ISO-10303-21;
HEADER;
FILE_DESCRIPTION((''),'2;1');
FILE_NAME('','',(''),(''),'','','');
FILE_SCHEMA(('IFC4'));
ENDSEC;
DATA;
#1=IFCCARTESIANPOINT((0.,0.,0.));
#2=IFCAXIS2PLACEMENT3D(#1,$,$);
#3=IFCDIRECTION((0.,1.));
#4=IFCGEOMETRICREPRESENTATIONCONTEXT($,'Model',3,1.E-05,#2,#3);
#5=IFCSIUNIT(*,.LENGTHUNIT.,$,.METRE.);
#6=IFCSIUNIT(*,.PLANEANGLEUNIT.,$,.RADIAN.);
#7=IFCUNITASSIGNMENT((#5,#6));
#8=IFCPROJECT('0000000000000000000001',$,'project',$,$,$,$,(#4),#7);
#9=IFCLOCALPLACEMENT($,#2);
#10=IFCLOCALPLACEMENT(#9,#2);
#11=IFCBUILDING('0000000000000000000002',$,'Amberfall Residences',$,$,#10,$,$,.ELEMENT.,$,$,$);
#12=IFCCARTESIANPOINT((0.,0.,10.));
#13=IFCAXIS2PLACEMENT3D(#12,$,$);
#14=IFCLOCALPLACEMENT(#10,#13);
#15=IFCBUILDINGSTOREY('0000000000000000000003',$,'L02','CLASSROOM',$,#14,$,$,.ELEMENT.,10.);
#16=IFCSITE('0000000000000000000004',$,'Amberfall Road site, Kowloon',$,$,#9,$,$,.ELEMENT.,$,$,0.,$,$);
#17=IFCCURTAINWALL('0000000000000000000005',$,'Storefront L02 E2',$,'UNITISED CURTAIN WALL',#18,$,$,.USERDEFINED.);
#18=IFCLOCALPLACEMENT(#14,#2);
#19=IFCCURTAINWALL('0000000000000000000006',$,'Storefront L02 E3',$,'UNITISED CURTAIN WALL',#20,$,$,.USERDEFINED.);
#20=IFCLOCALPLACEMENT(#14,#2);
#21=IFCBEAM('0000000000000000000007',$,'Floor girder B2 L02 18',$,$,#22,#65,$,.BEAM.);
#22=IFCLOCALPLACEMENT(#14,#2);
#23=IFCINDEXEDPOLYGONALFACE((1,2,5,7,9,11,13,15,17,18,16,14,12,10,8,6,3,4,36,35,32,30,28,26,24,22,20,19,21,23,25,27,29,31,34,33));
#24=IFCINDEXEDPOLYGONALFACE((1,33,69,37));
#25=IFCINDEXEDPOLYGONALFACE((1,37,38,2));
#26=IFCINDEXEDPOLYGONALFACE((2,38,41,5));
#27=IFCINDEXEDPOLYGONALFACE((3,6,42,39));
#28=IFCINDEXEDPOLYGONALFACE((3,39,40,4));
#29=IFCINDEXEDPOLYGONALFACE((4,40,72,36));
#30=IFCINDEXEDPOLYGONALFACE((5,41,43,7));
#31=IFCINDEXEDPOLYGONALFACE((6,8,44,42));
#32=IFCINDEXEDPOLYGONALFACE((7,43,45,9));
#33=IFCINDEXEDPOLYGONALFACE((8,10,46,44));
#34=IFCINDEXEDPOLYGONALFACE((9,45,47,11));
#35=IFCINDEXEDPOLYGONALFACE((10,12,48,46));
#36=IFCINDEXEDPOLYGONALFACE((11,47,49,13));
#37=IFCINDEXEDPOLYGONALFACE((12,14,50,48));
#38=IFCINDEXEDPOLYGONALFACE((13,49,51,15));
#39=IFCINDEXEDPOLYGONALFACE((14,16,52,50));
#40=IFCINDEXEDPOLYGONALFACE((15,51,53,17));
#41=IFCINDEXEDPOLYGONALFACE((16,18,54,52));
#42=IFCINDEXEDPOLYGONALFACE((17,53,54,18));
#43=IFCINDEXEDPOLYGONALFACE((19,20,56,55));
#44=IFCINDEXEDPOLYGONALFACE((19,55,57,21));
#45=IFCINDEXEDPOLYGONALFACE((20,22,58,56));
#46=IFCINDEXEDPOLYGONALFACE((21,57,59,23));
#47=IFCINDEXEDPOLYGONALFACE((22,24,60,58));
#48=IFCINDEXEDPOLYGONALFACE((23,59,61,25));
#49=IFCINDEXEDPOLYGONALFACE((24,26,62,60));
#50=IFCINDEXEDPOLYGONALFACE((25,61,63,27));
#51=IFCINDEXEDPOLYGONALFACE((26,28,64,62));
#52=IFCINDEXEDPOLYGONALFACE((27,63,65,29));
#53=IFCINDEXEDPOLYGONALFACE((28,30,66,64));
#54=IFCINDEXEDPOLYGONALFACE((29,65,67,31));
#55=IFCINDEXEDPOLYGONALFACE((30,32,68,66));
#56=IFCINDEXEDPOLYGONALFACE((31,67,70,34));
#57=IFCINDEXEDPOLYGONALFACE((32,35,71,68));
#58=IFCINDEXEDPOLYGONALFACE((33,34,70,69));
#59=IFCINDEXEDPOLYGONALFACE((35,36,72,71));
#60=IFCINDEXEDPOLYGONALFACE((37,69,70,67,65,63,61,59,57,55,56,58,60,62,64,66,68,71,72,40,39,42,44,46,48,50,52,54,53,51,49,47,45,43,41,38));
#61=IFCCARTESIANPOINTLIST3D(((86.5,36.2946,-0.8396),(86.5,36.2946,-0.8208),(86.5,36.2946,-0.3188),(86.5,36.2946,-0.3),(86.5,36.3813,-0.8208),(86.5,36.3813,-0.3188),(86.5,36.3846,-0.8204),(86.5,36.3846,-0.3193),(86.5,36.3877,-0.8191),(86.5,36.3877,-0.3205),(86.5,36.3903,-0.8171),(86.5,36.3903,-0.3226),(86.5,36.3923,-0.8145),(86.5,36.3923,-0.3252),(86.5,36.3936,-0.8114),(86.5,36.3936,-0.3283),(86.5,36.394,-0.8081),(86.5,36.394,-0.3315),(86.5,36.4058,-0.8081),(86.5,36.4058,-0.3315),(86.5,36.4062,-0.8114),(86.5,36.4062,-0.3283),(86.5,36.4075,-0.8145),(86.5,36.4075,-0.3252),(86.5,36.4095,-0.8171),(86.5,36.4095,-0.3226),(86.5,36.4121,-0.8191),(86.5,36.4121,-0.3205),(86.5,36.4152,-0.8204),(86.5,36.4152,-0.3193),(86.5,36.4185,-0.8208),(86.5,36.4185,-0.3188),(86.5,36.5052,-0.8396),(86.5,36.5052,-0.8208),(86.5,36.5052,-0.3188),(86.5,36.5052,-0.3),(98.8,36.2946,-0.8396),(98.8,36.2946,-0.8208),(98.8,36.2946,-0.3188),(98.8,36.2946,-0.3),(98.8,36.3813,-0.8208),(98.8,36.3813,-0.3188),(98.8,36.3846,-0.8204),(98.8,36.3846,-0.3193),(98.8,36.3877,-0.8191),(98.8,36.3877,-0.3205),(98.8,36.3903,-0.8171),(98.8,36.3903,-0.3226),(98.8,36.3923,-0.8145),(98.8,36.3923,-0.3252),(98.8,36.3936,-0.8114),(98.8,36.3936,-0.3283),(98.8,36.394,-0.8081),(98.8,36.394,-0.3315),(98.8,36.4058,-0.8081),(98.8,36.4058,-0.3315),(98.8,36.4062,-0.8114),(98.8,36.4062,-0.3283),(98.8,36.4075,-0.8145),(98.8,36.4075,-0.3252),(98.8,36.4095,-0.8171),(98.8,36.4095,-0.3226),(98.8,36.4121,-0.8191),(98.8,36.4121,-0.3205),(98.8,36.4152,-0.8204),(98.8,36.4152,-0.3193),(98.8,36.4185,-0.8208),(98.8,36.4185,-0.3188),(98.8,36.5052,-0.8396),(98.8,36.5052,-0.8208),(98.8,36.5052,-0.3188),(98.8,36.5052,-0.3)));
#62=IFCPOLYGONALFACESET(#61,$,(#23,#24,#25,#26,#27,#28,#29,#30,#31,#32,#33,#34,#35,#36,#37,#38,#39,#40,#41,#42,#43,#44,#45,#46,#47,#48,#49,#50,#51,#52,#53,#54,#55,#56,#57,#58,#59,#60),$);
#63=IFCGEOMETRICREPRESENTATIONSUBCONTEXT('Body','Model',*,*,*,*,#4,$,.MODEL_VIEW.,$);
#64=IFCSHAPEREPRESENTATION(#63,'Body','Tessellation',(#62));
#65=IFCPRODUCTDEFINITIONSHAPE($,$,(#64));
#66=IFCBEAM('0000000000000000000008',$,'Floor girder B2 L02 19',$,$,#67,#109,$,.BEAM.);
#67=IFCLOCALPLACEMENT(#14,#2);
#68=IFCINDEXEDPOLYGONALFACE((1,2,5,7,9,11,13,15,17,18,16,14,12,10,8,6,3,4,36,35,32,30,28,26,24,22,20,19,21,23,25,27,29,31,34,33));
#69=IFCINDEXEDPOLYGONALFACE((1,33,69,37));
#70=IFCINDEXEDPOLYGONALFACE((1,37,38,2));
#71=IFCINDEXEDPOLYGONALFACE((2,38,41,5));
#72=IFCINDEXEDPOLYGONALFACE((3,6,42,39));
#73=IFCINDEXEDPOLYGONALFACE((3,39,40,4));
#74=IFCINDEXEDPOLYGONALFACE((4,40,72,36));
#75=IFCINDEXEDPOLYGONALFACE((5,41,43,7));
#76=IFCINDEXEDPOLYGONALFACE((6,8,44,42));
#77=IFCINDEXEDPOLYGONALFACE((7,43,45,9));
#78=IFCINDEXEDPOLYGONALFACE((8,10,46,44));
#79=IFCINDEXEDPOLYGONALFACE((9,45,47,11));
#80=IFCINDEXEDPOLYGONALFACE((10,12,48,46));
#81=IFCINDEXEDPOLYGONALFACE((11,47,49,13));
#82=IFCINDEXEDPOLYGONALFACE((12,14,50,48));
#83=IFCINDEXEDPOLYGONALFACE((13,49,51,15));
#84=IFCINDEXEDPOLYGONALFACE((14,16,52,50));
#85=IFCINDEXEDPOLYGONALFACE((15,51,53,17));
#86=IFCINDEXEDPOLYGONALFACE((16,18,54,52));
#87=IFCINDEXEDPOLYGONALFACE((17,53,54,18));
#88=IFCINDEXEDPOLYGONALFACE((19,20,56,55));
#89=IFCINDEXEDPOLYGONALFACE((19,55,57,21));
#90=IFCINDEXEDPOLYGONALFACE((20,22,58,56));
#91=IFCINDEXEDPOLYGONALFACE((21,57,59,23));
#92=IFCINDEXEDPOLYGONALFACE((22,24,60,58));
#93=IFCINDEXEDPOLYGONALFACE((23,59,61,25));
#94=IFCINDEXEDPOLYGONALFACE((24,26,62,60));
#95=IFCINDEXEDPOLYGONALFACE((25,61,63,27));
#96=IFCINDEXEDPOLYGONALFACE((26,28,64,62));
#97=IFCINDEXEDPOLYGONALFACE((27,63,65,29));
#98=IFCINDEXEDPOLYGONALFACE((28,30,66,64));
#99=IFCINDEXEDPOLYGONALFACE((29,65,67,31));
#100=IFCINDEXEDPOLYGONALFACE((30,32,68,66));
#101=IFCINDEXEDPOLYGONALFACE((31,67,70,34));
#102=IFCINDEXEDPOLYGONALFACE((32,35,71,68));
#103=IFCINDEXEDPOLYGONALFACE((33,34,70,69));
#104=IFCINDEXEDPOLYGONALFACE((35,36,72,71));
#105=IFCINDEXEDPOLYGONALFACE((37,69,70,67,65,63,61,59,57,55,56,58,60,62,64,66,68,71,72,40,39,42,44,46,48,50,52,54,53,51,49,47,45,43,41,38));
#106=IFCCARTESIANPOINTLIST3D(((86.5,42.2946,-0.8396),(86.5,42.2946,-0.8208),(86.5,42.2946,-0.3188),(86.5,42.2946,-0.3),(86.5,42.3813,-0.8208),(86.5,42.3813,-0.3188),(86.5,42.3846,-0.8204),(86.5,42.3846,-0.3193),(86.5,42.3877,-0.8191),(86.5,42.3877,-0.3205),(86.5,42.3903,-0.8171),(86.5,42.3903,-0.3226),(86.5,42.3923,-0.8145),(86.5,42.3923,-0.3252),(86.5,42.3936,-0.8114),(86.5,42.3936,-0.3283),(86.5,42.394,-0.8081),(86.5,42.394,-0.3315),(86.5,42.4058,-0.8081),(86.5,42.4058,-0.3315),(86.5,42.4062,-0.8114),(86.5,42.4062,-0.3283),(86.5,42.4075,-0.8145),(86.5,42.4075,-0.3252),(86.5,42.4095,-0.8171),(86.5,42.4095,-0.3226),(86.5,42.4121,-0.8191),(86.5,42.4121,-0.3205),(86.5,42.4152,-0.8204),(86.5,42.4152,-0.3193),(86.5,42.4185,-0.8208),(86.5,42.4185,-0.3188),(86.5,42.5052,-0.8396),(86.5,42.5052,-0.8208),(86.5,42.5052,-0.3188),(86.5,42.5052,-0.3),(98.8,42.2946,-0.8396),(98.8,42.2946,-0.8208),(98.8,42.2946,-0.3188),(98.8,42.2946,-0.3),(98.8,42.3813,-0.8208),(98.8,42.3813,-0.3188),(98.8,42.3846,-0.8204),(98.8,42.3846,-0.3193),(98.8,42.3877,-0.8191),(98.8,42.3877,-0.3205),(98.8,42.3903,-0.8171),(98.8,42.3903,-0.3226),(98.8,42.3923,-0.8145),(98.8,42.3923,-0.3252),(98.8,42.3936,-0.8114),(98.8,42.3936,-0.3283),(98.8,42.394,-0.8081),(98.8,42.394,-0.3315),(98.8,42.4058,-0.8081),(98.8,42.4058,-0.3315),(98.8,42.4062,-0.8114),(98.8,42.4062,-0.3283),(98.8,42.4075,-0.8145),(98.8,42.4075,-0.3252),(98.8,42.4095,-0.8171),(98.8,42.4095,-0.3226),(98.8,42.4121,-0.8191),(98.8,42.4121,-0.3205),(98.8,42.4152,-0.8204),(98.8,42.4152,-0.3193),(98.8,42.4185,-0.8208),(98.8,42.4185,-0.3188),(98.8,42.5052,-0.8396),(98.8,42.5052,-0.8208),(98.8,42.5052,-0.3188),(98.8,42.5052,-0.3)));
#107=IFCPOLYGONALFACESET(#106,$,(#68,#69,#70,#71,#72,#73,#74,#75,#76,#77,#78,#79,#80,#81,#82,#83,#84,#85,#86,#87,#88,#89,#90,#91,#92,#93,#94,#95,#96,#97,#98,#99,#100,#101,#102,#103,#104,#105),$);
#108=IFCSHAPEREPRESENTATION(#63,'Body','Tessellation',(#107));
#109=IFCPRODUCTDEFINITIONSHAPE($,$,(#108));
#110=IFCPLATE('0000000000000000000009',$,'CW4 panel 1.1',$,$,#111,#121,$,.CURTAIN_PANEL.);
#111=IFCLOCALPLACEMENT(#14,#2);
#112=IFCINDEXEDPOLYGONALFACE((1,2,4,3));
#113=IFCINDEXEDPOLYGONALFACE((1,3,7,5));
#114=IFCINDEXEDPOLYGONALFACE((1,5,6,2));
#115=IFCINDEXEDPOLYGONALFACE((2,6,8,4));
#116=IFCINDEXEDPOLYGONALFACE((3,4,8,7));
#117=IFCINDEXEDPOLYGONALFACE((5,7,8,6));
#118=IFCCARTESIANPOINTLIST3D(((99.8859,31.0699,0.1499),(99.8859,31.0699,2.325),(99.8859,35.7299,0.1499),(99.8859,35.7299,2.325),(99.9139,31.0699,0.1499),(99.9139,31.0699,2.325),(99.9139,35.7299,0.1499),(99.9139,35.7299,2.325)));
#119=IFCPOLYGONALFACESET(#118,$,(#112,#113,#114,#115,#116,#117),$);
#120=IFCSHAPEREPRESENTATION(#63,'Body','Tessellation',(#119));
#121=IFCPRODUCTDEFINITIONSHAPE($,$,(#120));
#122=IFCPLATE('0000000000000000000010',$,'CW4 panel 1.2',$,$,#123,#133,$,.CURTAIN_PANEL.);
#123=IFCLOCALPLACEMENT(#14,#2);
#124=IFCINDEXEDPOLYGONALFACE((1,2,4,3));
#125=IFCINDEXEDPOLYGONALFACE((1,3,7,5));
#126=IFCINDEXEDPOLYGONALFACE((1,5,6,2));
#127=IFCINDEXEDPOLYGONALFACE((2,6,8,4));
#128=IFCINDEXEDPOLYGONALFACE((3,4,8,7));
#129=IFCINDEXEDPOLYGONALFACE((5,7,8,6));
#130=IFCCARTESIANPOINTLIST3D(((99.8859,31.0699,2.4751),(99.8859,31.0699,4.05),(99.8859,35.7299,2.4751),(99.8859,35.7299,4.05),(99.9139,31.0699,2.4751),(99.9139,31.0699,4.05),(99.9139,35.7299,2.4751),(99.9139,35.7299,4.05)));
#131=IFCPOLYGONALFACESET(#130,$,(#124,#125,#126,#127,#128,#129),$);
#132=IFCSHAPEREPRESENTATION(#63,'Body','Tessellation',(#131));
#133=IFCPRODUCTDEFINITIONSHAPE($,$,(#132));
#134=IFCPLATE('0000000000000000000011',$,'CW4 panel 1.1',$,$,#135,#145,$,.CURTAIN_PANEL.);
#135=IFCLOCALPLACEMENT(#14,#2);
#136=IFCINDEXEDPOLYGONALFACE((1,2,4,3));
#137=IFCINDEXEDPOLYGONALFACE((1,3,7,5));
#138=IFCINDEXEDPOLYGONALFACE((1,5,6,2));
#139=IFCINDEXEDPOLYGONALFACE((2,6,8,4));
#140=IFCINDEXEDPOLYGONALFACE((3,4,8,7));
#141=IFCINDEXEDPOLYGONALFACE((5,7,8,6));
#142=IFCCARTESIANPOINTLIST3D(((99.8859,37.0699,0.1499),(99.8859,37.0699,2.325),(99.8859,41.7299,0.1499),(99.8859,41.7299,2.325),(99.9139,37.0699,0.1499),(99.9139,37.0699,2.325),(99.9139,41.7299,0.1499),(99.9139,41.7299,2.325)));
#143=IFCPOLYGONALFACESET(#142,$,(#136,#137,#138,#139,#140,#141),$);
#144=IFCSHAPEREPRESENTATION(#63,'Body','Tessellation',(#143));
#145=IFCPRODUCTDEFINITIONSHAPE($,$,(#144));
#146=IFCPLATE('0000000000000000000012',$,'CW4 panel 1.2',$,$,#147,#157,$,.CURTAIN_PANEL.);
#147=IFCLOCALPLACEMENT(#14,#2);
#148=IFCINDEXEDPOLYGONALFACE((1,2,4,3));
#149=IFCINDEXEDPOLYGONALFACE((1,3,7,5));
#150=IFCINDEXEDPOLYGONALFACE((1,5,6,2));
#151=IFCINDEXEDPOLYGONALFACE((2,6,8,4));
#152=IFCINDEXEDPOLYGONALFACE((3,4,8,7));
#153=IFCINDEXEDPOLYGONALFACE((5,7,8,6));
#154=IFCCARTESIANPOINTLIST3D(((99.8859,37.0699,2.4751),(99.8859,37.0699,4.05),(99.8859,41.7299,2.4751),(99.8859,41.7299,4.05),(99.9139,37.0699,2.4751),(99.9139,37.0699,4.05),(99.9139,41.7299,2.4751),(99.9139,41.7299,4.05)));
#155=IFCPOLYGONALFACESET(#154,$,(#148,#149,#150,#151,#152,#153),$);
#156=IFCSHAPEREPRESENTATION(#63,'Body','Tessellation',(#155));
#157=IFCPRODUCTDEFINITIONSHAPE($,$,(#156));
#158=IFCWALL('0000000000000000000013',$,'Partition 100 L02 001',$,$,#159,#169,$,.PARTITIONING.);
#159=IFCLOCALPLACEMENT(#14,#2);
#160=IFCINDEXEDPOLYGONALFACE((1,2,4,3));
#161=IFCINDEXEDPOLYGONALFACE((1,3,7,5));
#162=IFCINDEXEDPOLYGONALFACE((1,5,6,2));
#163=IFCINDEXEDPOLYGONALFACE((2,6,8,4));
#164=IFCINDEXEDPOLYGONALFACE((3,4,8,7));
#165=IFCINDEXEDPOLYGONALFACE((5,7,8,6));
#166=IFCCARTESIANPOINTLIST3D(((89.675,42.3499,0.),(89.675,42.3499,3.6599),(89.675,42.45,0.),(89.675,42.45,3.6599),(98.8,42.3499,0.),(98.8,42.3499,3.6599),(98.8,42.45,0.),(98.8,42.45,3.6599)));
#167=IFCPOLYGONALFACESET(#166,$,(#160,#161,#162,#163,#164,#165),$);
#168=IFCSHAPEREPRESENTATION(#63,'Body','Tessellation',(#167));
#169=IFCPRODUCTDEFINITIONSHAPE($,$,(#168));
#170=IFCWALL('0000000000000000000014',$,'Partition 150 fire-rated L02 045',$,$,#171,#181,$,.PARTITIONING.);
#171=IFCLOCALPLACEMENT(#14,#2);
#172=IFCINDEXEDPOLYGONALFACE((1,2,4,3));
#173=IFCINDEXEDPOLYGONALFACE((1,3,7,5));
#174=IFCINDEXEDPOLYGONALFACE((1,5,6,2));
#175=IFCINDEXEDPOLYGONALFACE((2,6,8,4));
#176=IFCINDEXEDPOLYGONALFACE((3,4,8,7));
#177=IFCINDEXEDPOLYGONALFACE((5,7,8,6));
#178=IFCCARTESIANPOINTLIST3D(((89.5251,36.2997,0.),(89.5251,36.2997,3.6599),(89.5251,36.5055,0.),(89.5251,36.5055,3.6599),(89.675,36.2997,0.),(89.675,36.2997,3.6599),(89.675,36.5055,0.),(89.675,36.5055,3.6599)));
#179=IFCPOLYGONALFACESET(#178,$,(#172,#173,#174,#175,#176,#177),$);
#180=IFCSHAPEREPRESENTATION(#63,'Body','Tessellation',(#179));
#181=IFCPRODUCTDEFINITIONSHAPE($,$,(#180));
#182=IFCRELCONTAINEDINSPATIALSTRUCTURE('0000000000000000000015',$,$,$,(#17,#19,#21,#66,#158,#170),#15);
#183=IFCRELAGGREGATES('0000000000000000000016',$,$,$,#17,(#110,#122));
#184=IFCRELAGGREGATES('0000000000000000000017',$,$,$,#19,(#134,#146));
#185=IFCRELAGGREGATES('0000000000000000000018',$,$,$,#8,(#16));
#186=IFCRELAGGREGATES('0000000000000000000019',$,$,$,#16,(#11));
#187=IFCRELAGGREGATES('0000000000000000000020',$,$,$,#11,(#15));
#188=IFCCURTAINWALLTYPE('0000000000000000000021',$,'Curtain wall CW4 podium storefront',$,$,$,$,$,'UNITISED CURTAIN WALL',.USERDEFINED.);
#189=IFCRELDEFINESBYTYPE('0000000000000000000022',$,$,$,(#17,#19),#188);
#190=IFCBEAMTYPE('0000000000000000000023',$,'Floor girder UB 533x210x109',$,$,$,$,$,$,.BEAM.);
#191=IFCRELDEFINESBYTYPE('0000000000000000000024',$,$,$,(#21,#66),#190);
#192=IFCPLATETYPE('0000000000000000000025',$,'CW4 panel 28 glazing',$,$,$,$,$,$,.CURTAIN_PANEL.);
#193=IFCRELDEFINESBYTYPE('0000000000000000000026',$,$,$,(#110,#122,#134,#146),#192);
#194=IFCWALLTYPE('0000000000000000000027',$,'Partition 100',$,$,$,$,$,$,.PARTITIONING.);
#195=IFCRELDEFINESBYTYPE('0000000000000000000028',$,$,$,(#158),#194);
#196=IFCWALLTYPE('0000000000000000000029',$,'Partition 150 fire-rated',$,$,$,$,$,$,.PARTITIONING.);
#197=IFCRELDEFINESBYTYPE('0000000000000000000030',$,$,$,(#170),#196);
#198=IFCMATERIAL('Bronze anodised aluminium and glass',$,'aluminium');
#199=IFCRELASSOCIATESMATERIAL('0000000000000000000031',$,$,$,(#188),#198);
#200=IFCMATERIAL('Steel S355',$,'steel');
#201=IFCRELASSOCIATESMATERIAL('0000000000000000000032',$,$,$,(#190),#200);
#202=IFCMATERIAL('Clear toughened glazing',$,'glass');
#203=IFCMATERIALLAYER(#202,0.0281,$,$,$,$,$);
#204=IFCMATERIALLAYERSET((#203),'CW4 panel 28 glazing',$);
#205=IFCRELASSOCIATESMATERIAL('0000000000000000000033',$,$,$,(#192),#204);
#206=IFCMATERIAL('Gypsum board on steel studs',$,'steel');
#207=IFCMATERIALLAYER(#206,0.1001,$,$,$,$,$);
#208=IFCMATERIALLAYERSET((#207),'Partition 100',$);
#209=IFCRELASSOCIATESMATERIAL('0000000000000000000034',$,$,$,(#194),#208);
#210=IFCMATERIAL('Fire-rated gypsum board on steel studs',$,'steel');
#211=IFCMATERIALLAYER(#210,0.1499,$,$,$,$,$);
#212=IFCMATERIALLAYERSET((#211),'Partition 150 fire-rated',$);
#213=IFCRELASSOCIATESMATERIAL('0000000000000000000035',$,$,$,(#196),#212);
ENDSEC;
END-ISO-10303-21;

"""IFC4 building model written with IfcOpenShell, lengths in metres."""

from ifc_helpers import new_model, si_unit, direction, frame, frame_2d, origin, origin_2d, place, context, subcontext, project, spatial, rectangle, i_section, extrude, material, layer, layer_set, material_profile, profile_set, type_object, element, aggregate, save


model = new_model("IFC4")

# Units and contexts
model_context = context("Model", 3, precision=1e-05, world=origin(), true_north=direction((0.0, 1.0)))
body_context = subcontext(model_context, "Body", "Model", "MODEL_VIEW")
ifc_project = project(units=[si_unit("LENGTHUNIT", "METRE"), si_unit("PLANEANGLEUNIT", "RADIAN")], contexts=[model_context])

# Site, building, storey
site_placement = place(None, origin())
site = spatial("IfcSite", under=ifc_project, at=site_placement, Name="Amberfall Road site, Kowloon", CompositionType="ELEMENT", RefElevation=0.0)
building_placement = place(site_placement, origin())
building = spatial("IfcBuilding", under=site, at=building_placement, Name="Amberfall Residences", CompositionType="ELEMENT")
storey_placement = place(building_placement, frame((0.0, 0.0, 10.0)))
storey = spatial("IfcBuildingStorey", under=building, at=storey_placement, Name="L02", Description="CLASSROOM", CompositionType="ELEMENT", Elevation=10.0)

# Curtain wall
ifc_material_1 = material(Name="Bronze anodised aluminium and glass", Category="aluminium")
curtain_wall_type = type_object("IfcCurtainWallType", Name="Curtain wall CW4 podium storefront", ElementType="UNITISED CURTAIN WALL", PredefinedType="USERDEFINED", material=ifc_material_1)
curtain_wall_1_placement = place(storey_placement, origin())
curtain_wall_1 = element("IfcCurtainWall", 1, at=curtain_wall_1_placement, inside=storey, type_object=curtain_wall_type, Name="Storefront L02 E2", ObjectType="UNITISED CURTAIN WALL", PredefinedType="USERDEFINED")

# Curtain wall
curtain_wall_2_placement = place(storey_placement, origin())
curtain_wall_2 = element("IfcCurtainWall", 2, at=curtain_wall_2_placement, inside=storey, type_object=curtain_wall_type, Name="Storefront L02 E3", ObjectType="UNITISED CURTAIN WALL", PredefinedType="USERDEFINED")

# Beams
ifc_material_2 = material(Name="Steel S355", Category="steel")
ifc_material_profile_1 = material_profile(ifc_material_2, i_section(OverallWidth=0.2107, OverallDepth=0.5396, WebThickness=0.0117, FlangeThickness=0.0188, FilletRadius=0.0127, at=origin_2d()), Name="UB 533x210x109")
ifc_profile_set_1 = profile_set([ifc_material_profile_1], Name="Steel S355")
beam_type_1 = type_object("IfcBeamType", Name="Floor girder UB 533x210x109", PredefinedType="BEAM", material=ifc_profile_set_1)
for number, where, z_axis, x_axis, name in (
    (3, (98.8, 36.3999, -0.5698), (-1.0, 0.0, 0.0), (0.0, -1.0, 0.0), "Floor girder B2 L02 18"),
    (4, (98.8, 42.3999, -0.5698), (-1.0, 0.0, 0.0), (0.0, -1.0, 0.0), "Floor girder B2 L02 19"),
):
    element("IfcBeam", number, at=place(storey_placement, frame(where, z_axis=z_axis, x_axis=x_axis)), inside=storey, type_object=beam_type_1, Name=name, PredefinedType="BEAM", context=body_context, shape_type="SweptSolid", body=[
        extrude(i_section(OverallWidth=0.2107, OverallDepth=0.5396, WebThickness=0.0117, FlangeThickness=0.0188, FilletRadius=0.0127, at=origin_2d()), origin(), (0.0, 0.0, 1.0), 12.3),
    ])

# Plates
ifc_material_3 = material(Name="Clear toughened glazing", Category="glass")
ifc_layer_1 = layer(ifc_material_3, 0.0281)
ifc_layer_set_1 = layer_set([ifc_layer_1], Name="CW4 panel 28 glazing")
plate_type = type_object("IfcPlateType", Name="CW4 panel 28 glazing", PredefinedType="CURTAIN_PANEL", material=ifc_layer_set_1)
plate_1_placement = place(storey_placement, frame((99.8999, 33.3999, 0.1499), z_axis=(0.0, 0.0, 1.0), x_axis=(0.0, 1.0, 0.0)))
plate_1 = element("IfcPlate", 5, at=plate_1_placement, type_object=plate_type, Name="CW4 panel 1.1", PredefinedType="CURTAIN_PANEL", context=body_context, shape_type="SweptSolid", body=[
    extrude(rectangle(XDim=4.6599, YDim=0.0281, at=origin_2d()), origin(), (0.0, 0.0, 1.0), 2.175),
])
plate_2_placement = place(storey_placement, frame((99.8999, 33.3999, 2.4751), z_axis=(0.0, 0.0, 1.0), x_axis=(0.0, 1.0, 0.0)))
plate_2 = element("IfcPlate", 6, at=plate_2_placement, type_object=plate_type, Name="CW4 panel 1.2", PredefinedType="CURTAIN_PANEL", context=body_context, shape_type="SweptSolid", body=[
    extrude(rectangle(XDim=4.6599, YDim=0.0281, at=origin_2d()), origin(), (0.0, 0.0, 1.0), 1.575),
])
aggregate(curtain_wall_1, [plate_1, plate_2])
plate_3_placement = place(storey_placement, frame((99.8999, 39.3999, 0.1499), z_axis=(0.0, 0.0, 1.0), x_axis=(0.0, 1.0, 0.0)))
plate_3 = element("IfcPlate", 7, at=plate_3_placement, type_object=plate_type, Name="CW4 panel 1.1", PredefinedType="CURTAIN_PANEL", context=body_context, shape_type="SweptSolid", body=[
    extrude(rectangle(XDim=4.6599, YDim=0.0281, at=origin_2d()), origin(), (0.0, 0.0, 1.0), 2.175),
])
plate_4_placement = place(storey_placement, frame((99.8999, 39.3999, 2.4751), z_axis=(0.0, 0.0, 1.0), x_axis=(0.0, 1.0, 0.0)))
plate_4 = element("IfcPlate", 8, at=plate_4_placement, type_object=plate_type, Name="CW4 panel 1.2", PredefinedType="CURTAIN_PANEL", context=body_context, shape_type="SweptSolid", body=[
    extrude(rectangle(XDim=4.6599, YDim=0.0281, at=origin_2d()), origin(), (0.0, 0.0, 1.0), 1.575),
])
aggregate(curtain_wall_2, [plate_3, plate_4])

# Walls
ifc_material_4 = material(Name="Gypsum board on steel studs", Category="steel")
ifc_layer_2 = layer(ifc_material_4, 0.1001)
ifc_layer_set_2 = layer_set([ifc_layer_2], Name="Partition 100")
wall_type_1 = type_object("IfcWallType", Name="Partition 100", PredefinedType="PARTITIONING", material=ifc_layer_set_2)
wall_1_placement = place(storey_placement, frame((89.675, 42.3999, 0.0), z_axis=(0.0, 0.0, 1.0), x_axis=(1.0, 0.0, 0.0)))
element("IfcWall", 9, at=wall_1_placement, inside=storey, type_object=wall_type_1, Name="Partition 100 L02 001", PredefinedType="PARTITIONING", context=body_context, shape_type="SweptSolid", body=[
    extrude(rectangle(XDim=9.125, YDim=0.1001, at=frame_2d((4.5625, 0.0))), origin(), (0.0, 0.0, 1.0), 3.6599),
])
ifc_material_5 = material(Name="Fire-rated gypsum board on steel studs", Category="steel")
ifc_layer_3 = layer(ifc_material_5, 0.1499)
ifc_layer_set_3 = layer_set([ifc_layer_3], Name="Partition 150 fire-rated")
wall_type_2 = type_object("IfcWallType", Name="Partition 150 fire-rated", PredefinedType="PARTITIONING", material=ifc_layer_set_3)
wall_2_placement = place(storey_placement, frame((89.6001, 36.2996, 0.0), z_axis=(0.0, 0.0, 1.0), x_axis=(0.0, 1.0, 0.0)))
element("IfcWall", 10, at=wall_2_placement, inside=storey, type_object=wall_type_2, Name="Partition 150 fire-rated L02 045", PredefinedType="PARTITIONING", context=body_context, shape_type="SweptSolid", body=[
    extrude(rectangle(XDim=0.2058, YDim=0.1499, at=frame_2d((0.103, 0.0))), origin(), (0.0, 0.0, 1.0), 3.6599),
])

save(model, "model.ifc")
